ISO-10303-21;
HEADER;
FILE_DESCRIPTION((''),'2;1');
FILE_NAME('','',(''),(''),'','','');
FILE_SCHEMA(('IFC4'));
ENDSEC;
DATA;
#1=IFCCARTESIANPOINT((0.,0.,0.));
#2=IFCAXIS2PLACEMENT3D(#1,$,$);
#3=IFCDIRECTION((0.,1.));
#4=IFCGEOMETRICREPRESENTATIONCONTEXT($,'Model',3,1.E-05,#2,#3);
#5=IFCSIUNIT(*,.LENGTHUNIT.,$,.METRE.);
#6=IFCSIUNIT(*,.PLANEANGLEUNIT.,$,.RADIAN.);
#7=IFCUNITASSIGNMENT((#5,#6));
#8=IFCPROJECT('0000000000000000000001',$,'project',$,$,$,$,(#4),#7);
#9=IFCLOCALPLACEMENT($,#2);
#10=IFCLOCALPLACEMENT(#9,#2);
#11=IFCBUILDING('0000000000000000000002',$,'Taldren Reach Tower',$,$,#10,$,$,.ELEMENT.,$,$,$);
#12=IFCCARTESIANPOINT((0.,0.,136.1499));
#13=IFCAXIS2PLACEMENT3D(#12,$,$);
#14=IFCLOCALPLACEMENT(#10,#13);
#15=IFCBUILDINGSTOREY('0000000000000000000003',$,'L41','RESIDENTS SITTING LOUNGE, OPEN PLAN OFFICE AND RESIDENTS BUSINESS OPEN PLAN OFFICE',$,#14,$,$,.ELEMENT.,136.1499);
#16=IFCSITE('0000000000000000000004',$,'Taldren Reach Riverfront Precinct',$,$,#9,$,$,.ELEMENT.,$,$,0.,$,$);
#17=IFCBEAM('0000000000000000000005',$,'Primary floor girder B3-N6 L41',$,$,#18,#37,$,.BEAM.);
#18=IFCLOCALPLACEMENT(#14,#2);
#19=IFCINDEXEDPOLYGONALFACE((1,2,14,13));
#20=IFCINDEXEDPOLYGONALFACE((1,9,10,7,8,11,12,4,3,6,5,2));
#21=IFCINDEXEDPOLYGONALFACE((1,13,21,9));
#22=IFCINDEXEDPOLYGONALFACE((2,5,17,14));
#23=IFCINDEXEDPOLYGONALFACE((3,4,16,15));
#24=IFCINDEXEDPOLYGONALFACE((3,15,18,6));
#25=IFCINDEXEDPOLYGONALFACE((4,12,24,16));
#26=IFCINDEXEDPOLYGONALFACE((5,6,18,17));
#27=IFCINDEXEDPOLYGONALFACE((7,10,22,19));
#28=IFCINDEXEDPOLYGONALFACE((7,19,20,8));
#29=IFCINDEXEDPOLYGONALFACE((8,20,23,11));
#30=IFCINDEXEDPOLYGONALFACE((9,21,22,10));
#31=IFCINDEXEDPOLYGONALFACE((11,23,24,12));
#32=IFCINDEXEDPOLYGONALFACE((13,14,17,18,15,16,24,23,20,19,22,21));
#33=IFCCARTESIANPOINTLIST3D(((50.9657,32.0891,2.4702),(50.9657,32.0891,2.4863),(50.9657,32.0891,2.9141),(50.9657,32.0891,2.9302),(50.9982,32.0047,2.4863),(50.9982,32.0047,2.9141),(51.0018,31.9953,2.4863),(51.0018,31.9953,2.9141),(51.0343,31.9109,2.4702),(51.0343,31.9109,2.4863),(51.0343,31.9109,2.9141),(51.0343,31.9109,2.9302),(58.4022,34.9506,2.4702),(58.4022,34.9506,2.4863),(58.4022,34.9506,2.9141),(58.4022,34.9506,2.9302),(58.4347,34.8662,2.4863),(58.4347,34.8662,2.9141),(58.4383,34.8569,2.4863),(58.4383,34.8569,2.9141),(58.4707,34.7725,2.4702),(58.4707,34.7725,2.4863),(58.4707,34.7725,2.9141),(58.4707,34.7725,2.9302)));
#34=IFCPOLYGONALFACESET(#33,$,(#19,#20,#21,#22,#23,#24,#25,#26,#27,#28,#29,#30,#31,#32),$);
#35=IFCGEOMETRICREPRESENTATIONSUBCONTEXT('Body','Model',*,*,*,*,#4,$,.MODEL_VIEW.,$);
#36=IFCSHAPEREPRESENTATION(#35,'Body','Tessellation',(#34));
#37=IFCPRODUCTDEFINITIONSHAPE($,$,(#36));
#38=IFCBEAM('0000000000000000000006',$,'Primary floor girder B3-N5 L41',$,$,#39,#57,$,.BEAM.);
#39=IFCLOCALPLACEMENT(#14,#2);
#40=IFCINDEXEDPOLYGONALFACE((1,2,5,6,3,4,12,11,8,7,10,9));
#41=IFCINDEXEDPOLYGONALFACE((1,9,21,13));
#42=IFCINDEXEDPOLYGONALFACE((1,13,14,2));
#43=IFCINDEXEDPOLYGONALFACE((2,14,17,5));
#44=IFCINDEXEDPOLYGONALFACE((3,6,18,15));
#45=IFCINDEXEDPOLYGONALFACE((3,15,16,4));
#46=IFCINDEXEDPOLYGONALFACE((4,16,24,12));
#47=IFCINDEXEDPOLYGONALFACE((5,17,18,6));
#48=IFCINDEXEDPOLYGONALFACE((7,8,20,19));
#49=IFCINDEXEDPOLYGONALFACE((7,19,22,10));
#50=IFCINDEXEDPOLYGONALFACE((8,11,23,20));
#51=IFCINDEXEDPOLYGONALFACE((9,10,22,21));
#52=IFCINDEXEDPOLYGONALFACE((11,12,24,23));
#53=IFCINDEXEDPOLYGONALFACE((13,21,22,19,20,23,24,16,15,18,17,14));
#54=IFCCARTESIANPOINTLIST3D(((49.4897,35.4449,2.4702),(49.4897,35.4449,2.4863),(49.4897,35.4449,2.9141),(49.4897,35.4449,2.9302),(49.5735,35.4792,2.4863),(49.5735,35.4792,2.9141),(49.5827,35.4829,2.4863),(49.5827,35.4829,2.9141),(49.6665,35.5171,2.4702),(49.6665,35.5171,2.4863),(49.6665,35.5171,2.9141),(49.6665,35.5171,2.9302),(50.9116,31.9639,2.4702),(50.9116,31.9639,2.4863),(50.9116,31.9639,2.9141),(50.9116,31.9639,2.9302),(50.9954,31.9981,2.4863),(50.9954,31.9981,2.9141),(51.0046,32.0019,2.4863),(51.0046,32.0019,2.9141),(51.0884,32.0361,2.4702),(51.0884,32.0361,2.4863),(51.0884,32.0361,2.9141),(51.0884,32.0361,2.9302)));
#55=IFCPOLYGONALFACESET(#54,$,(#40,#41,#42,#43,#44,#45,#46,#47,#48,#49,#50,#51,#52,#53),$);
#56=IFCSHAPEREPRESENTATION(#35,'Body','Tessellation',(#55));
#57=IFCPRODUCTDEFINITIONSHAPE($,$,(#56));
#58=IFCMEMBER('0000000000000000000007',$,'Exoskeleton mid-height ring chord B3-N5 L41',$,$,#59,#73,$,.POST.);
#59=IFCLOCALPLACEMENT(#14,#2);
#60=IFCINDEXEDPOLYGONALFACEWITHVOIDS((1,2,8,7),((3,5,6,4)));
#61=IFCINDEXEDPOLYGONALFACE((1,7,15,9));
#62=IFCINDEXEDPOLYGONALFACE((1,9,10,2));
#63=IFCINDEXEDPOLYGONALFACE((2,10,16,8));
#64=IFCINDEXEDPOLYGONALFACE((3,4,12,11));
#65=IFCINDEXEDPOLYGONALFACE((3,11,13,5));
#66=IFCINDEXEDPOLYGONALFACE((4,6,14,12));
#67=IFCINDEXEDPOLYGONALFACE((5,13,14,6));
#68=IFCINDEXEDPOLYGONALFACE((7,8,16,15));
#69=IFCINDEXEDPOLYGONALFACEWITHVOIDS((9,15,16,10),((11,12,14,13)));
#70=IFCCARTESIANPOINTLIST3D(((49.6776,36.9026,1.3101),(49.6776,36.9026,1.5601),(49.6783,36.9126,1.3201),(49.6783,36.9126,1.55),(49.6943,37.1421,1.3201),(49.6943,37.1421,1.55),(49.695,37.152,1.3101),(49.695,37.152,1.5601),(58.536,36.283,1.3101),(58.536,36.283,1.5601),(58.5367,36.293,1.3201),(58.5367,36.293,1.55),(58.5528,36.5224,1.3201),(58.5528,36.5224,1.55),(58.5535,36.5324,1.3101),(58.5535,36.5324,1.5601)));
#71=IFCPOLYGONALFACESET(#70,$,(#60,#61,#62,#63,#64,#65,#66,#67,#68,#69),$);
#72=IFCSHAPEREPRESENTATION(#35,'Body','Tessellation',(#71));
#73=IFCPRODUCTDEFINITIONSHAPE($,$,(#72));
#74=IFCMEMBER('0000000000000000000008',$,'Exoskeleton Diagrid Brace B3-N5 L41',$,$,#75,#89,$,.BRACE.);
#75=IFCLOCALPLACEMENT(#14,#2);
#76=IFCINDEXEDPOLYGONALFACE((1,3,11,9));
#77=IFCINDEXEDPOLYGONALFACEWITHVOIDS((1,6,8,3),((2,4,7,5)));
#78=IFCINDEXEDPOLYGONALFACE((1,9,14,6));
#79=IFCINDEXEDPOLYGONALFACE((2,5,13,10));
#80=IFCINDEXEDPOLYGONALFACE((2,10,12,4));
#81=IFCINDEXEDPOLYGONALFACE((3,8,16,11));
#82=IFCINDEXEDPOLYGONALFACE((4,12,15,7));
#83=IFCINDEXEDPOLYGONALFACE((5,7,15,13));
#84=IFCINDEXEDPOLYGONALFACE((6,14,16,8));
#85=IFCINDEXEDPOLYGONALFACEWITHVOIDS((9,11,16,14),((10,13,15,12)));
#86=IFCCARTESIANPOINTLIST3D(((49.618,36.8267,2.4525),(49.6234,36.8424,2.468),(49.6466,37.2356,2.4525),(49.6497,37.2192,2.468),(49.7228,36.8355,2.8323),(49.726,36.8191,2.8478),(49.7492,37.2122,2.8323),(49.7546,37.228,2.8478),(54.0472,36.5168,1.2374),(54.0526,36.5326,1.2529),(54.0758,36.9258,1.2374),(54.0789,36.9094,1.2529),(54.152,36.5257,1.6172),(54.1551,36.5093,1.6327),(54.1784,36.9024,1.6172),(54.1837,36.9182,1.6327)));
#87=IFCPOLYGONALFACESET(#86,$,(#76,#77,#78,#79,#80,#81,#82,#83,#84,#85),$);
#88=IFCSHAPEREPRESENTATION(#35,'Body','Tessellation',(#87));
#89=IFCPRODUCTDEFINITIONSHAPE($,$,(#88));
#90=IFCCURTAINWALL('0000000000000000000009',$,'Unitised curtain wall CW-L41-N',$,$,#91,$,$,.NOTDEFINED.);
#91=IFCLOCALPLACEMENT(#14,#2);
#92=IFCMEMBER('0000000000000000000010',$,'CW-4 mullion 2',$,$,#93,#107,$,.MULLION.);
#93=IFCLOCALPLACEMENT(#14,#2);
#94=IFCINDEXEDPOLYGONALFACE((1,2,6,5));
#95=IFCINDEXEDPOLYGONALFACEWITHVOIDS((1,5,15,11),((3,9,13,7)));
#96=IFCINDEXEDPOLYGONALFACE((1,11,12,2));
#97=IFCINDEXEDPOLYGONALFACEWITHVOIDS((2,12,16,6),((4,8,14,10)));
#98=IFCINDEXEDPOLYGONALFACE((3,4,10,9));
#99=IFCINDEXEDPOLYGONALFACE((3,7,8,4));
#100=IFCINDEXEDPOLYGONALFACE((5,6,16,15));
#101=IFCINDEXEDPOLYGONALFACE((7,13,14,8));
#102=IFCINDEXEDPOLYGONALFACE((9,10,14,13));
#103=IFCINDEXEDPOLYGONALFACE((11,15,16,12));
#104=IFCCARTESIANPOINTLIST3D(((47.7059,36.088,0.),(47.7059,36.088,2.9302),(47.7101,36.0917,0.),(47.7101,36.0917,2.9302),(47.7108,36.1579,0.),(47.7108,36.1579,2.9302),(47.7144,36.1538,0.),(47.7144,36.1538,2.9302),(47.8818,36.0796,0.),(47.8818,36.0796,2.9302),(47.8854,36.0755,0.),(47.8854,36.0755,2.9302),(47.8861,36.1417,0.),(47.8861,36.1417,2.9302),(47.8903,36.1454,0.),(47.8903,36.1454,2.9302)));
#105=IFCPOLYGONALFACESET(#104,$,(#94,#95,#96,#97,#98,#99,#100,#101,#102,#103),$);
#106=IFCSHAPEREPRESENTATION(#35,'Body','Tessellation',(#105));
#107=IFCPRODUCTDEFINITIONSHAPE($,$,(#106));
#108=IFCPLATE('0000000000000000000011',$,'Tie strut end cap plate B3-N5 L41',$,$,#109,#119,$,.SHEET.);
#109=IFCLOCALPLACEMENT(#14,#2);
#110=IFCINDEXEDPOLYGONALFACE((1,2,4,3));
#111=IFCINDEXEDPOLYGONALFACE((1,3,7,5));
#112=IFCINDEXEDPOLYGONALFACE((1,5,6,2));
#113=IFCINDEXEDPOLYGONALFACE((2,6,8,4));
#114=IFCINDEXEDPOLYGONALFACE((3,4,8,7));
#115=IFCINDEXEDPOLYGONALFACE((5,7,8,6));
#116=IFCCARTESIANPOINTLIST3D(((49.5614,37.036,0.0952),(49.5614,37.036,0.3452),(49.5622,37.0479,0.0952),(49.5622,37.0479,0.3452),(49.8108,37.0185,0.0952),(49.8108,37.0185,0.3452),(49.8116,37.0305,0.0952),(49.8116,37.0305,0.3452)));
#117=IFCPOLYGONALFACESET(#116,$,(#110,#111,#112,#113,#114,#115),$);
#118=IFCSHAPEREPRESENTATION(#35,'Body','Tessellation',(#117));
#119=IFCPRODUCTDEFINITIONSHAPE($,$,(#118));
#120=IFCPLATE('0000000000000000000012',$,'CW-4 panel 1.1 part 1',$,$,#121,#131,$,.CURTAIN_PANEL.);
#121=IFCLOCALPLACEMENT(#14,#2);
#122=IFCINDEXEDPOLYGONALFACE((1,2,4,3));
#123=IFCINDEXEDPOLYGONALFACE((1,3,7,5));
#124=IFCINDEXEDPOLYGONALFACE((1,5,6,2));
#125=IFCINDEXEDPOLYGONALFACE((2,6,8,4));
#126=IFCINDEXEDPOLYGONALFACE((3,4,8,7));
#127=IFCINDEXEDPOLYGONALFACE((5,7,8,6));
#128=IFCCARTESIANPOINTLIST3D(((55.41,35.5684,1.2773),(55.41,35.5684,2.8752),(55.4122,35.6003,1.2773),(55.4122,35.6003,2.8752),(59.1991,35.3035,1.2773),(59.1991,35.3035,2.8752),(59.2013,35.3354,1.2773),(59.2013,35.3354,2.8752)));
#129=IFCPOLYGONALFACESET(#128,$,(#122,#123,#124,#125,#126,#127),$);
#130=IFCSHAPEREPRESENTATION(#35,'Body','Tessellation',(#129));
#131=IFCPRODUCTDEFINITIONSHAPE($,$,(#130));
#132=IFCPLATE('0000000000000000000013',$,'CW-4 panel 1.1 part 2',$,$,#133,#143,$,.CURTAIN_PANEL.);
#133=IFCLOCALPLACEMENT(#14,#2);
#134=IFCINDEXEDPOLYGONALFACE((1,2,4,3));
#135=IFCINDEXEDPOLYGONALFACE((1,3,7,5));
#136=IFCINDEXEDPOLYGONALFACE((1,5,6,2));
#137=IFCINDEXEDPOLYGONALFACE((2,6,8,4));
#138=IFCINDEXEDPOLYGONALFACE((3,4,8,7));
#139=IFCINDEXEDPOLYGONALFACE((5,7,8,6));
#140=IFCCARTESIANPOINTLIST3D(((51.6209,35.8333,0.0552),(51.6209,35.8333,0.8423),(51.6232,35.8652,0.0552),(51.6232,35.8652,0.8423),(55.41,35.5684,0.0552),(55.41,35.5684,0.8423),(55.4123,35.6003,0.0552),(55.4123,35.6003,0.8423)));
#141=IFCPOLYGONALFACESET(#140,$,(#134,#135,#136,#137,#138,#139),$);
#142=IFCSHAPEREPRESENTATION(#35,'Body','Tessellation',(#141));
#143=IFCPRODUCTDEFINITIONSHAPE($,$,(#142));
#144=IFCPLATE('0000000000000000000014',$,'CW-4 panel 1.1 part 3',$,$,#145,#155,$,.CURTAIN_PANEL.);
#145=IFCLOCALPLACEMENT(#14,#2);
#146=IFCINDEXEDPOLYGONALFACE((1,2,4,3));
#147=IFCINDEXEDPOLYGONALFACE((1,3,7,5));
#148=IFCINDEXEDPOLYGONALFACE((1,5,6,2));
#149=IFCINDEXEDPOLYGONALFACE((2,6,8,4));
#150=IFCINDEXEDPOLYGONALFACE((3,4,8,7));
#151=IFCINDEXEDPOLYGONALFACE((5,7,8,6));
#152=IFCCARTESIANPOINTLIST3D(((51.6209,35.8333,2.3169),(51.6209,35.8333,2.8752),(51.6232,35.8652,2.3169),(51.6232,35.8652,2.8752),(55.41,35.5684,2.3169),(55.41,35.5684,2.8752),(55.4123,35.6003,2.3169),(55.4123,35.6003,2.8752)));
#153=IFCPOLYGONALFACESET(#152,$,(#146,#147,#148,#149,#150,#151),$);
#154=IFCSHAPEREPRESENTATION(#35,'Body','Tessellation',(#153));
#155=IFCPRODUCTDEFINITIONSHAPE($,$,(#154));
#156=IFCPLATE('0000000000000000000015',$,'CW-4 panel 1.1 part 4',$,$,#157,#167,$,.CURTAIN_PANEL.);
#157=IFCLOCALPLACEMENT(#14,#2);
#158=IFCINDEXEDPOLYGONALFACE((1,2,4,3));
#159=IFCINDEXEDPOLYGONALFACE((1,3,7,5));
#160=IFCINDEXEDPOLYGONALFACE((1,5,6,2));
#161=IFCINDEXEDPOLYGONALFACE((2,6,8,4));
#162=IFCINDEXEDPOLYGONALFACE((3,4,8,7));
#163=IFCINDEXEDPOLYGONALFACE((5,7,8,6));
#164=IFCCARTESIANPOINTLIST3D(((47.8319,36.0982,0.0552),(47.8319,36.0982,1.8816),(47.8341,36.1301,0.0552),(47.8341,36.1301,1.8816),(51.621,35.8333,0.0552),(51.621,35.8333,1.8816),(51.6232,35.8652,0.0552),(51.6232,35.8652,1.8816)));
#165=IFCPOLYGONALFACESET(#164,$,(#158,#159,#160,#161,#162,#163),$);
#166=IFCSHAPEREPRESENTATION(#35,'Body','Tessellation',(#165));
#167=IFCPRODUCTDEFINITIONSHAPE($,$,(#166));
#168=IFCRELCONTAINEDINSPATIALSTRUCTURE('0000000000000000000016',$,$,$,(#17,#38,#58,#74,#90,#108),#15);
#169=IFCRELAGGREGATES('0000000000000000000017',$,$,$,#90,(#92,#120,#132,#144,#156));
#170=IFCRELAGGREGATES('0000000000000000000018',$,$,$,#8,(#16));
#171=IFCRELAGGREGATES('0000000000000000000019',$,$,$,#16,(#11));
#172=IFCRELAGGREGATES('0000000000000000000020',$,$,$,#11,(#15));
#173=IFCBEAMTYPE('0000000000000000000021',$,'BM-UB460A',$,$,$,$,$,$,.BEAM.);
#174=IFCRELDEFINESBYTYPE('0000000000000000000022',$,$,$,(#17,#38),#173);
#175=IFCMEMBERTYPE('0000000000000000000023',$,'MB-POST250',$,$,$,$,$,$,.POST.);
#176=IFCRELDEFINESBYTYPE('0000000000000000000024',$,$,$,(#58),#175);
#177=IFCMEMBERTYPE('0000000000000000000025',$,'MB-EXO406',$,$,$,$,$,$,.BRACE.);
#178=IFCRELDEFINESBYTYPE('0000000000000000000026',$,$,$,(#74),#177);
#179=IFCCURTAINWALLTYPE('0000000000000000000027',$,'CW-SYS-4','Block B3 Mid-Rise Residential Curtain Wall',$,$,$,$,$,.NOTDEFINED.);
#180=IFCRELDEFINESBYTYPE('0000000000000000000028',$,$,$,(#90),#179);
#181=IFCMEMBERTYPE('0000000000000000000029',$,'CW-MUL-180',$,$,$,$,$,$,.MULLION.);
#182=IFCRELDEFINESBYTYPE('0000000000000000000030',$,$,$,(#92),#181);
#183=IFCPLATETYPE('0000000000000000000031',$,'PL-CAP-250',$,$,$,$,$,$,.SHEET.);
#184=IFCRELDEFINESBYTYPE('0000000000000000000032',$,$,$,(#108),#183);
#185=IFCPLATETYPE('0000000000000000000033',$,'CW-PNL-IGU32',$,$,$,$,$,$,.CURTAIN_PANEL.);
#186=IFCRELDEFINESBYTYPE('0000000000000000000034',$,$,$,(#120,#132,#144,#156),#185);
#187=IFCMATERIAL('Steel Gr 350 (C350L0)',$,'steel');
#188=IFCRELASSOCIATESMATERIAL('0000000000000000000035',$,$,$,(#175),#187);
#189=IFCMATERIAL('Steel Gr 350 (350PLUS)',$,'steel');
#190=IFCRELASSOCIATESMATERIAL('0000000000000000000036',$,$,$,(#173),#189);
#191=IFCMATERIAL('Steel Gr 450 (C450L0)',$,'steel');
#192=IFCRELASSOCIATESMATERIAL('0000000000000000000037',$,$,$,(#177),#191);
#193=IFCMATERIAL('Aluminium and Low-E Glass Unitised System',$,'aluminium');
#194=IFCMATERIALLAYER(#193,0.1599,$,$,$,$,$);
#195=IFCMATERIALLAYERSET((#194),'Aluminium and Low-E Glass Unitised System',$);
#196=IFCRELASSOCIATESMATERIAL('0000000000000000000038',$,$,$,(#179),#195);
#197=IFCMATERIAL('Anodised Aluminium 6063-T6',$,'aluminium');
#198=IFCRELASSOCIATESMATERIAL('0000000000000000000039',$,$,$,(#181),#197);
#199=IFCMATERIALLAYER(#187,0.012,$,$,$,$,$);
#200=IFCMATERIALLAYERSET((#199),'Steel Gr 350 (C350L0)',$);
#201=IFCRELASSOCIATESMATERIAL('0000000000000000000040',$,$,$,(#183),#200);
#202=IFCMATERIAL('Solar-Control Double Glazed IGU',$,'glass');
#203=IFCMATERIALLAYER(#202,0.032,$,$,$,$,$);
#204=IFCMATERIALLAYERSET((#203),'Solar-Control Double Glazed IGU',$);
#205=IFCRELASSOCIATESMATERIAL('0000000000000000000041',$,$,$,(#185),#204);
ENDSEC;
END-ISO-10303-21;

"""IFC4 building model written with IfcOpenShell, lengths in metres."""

from ifc_helpers import new_model, si_unit, direction, frame, origin, origin_2d, place, context, subcontext, project, spatial, rectangle, hollow_rectangle, i_section, extrude, source, transform, mapped, material, layer, layer_set, material_profile, profile_set, type_object, element, aggregate, save


model = new_model("IFC4")

# Units and contexts
model_context = context("Model", 3, precision=1e-05, world=origin(), true_north=direction((0.0, 1.0)))
body_context = subcontext(model_context, "Body", "Model", "MODEL_VIEW")
ifc_project = project(units=[si_unit("LENGTHUNIT", "METRE"), si_unit("PLANEANGLEUNIT", "RADIAN")], contexts=[model_context])

# Site, building, storey
site_placement = place(None, origin())
site = spatial("IfcSite", under=ifc_project, at=site_placement, Name="Taldren Reach Riverfront Precinct", CompositionType="ELEMENT", RefElevation=0.0)
building_placement = place(site_placement, origin())
building = spatial("IfcBuilding", under=site, at=building_placement, Name="Taldren Reach Tower", CompositionType="ELEMENT")
storey_placement = place(building_placement, frame((0.0, 0.0, 136.1499)))
storey = spatial("IfcBuildingStorey", under=building, at=storey_placement, Name="L41", Description="RESIDENTS SITTING LOUNGE, OPEN PLAN OFFICE AND RESIDENTS BUSINESS OPEN PLAN OFFICE", CompositionType="ELEMENT", Elevation=136.1499)

# Shared definitions
ifc_material_1 = material(Name="Steel Gr 450 (C450L0)", Category="steel")
ifc_material_2 = material(Name="Steel Gr 350 (350PLUS)", Category="steel")

# Shared definitions
ifc_material_3 = material(Name="Steel Gr 350 (C350L0)", Category="steel")
ifc_material_profile_1 = material_profile(ifc_material_3, hollow_rectangle(XDim=0.25, YDim=0.25, WallThickness=0.01, at=origin_2d()), Name="250x250x10.0SHS")
ifc_profile_set_1 = profile_set([ifc_material_profile_1], Name="Steel Gr 350 (C350L0)")
member_type_1 = type_object("IfcMemberType", Name="MB-POST250", PredefinedType="POST", material=ifc_profile_set_1)

# Beams
ifc_material_profile_2 = material_profile(ifc_material_2, i_section(OverallWidth=0.1909, OverallDepth=0.46, WebThickness=0.01, FlangeThickness=0.0161, at=origin_2d()), Name="460UB82.1")
ifc_profile_set_2 = profile_set([ifc_material_profile_2], Name="Steel Gr 350 (350PLUS)")
beam_type_1 = type_object("IfcBeamType", Name="BM-UB460A", PredefinedType="BEAM", material=ifc_profile_set_2)
shared_shape_1 = source(origin(), body_context, "Body", "SweptSolid", [
    extrude(i_section(OverallWidth=0.1909, OverallDepth=0.46, WebThickness=0.01, FlangeThickness=0.0161, at=origin_2d()), origin(), (0.0, 0.0, 1.0), 7.968),
])
beam_1_placement = place(storey_placement, frame((51.0, 32.0, 2.7002), z_axis=(0.933288, 0.359129, 0.0), x_axis=(-0.359129, 0.933288, 0.0)))
element("IfcBeam", 1, at=beam_1_placement, inside=storey, type_object=beam_type_1, Name="Primary floor girder B3-N6 L41", PredefinedType="BEAM", context=body_context, shape_type="MappedRepresentation", body=[
    mapped(shared_shape_1, transform((0.0, 0.0, 0.0), scale=1.0)),
])
shared_shape_2 = source(origin(), body_context, "Body", "SweptSolid", [
    extrude(i_section(OverallWidth=0.1909, OverallDepth=0.46, WebThickness=0.01, FlangeThickness=0.0161, at=origin_2d()), origin(), (0.0, 0.0, 1.0), 3.7603),
])
beam_2_placement = place(storey_placement, frame((51.0, 32.0, 2.7002), z_axis=(-0.378142, 0.925747, 0.0), x_axis=(-0.925747, -0.378142, 0.0)))
element("IfcBeam", 2, at=beam_2_placement, inside=storey, type_object=beam_type_1, Name="Primary floor girder B3-N5 L41", PredefinedType="BEAM", context=body_context, shape_type="MappedRepresentation", body=[
    mapped(shared_shape_2, transform((0.0, 0.0, 0.0), scale=1.0)),
])

# Members
shared_shape_3 = source(origin(), body_context, "Body", "SweptSolid", [
    extrude(hollow_rectangle(XDim=0.25, YDim=0.25, WallThickness=0.01, at=origin_2d()), origin(), (0.0, 0.0, 1.0), 8.8801),
])
member_1_placement = place(storey_placement, frame((49.6863, 37.0273, 1.4351), z_axis=(0.997563, -0.069778, 0.0), x_axis=(0.069778, 0.997563, 0.0)))
element("IfcMember", 3, at=member_1_placement, inside=storey, type_object=member_type_1, Name="Exoskeleton mid-height ring chord B3-N5 L41", PredefinedType="POST", context=body_context, shape_type="MappedRepresentation", body=[
    mapped(shared_shape_3, transform((0.0, 0.0, 0.0), scale=1.0)),
])
ifc_material_profile_3 = material_profile(ifc_material_1, hollow_rectangle(XDim=0.4099, YDim=0.4099, WallThickness=0.0161, at=origin_2d()), Name="410x410x16.0SHS")
ifc_profile_set_3 = profile_set([ifc_material_profile_3], Name="Steel Gr 450 (C450L0)")
member_type_2 = type_object("IfcMemberType", Name="MB-EXO406", PredefinedType="BRACE", material=ifc_profile_set_3)
shared_shape_4 = source(origin(), body_context, "Body", "SweptSolid", [
    extrude(hollow_rectangle(XDim=0.4099, YDim=0.4099, WallThickness=0.0161, at=origin_2d()), origin(), (0.0, 0.0, 1.0), 4.6033),
])
member_2_placement = place(storey_placement, frame((54.1155, 36.7175, 1.4351), z_axis=(-0.962182, 0.067303, 0.263961), x_axis=(-0.069778, -0.997563, 0.0)))
element("IfcMember", 4, at=member_2_placement, inside=storey, type_object=member_type_2, Name="Exoskeleton Diagrid Brace B3-N5 L41", PredefinedType="BRACE", context=body_context, shape_type="MappedRepresentation", body=[
    mapped(shared_shape_4, transform((0.0, 0.0, 0.0), scale=1.0)),
])

# Curtain wall, member
ifc_material_4 = material(Name="Aluminium and Low-E Glass Unitised System", Category="aluminium")
ifc_layer_1 = layer(ifc_material_4, 0.1599)
ifc_layer_set_1 = layer_set([ifc_layer_1], Name="Aluminium and Low-E Glass Unitised System")
curtain_wall_type = type_object("IfcCurtainWallType", Name="CW-SYS-4", Description="Block B3 Mid-Rise Residential Curtain Wall", PredefinedType="NOTDEFINED", material=ifc_layer_set_1)
curtain_wall_placement = place(storey_placement, origin())
curtain_wall = element("IfcCurtainWall", 5, at=curtain_wall_placement, inside=storey, type_object=curtain_wall_type, Name="Unitised curtain wall CW-L41-N", PredefinedType="NOTDEFINED")
ifc_material_5 = material(Name="Anodised Aluminium 6063-T6", Category="aluminium")
ifc_material_profile_4 = material_profile(ifc_material_5, hollow_rectangle(XDim=0.0701, YDim=0.1799, WallThickness=0.0039, at=origin_2d()), Name="ALU-180x70x4RHS")
ifc_profile_set_4 = profile_set([ifc_material_profile_4], Name="Anodised Aluminium 6063-T6")
member_type_3 = type_object("IfcMemberType", Name="CW-MUL-180", PredefinedType="MULLION", material=ifc_profile_set_4)
shared_shape_5 = source(origin(), body_context, "Body", "SweptSolid", [
    extrude(hollow_rectangle(XDim=0.0701, YDim=0.1799, WallThickness=0.0039, at=origin_2d()), origin(), (0.0, 0.0, 1.0), 2.9302),
])
member_3_placement = place(storey_placement, frame((47.7981, 36.1167, 0.0), z_axis=(0.0, 0.0, 1.0), x_axis=(-0.069757, -0.997564, 0.0)))
member_3 = element("IfcMember", 6, at=member_3_placement, type_object=member_type_3, Name="CW-4 mullion 2", PredefinedType="MULLION", context=body_context, shape_type="MappedRepresentation", body=[
    mapped(shared_shape_5, transform((0.0, 0.0, 0.0), scale=1.0)),
])

# Plates
ifc_layer_2 = layer(ifc_material_3, 0.012)
ifc_layer_set_2 = layer_set([ifc_layer_2], Name="Steel Gr 350 (C350L0)")
plate_type_1 = type_object("IfcPlateType", Name="PL-CAP-250", PredefinedType="SHEET", material=ifc_layer_set_2)
shared_shape_6 = source(origin(), body_context, "Body", "SweptSolid", [
    extrude(rectangle(XDim=0.25, YDim=0.012, at=origin_2d()), origin(), (0.0, 0.0, 1.0), 0.25),
])
plate_1_placement = place(storey_placement, frame((49.6865, 37.0332, 0.0952), z_axis=(0.0, 0.0, 1.0), x_axis=(0.997564, -0.069756, 0.0)))
element("IfcPlate", 7, at=plate_1_placement, inside=storey, type_object=plate_type_1, Name="Tie strut end cap plate B3-N5 L41", PredefinedType="SHEET", context=body_context, shape_type="MappedRepresentation", body=[
    mapped(shared_shape_6, transform((0.0, 0.0, 0.0), scale=1.0)),
])
ifc_material_6 = material(Name="Solar-Control Double Glazed IGU", Category="glass")
ifc_layer_3 = layer(ifc_material_6, 0.032)
ifc_layer_set_3 = layer_set([ifc_layer_3], Name="Solar-Control Double Glazed IGU")
plate_type_2 = type_object("IfcPlateType", Name="CW-PNL-IGU32", PredefinedType="CURTAIN_PANEL", material=ifc_layer_set_3)
shared_shape_7 = source(origin(), body_context, "Body", "SweptSolid", [
    extrude(rectangle(XDim=3.7983, YDim=0.032, at=origin_2d()), origin(), (0.0, 0.0, 1.0), 1.5979),
])
plate_2_placement = place(storey_placement, frame((57.3057, 35.4519, 1.2773), z_axis=(0.0, 0.0, 1.0), x_axis=(-0.997564, 0.069757, 0.0)))
plate_2 = element("IfcPlate", 8, at=plate_2_placement, type_object=plate_type_2, Name="CW-4 panel 1.1 part 1", PredefinedType="CURTAIN_PANEL", context=body_context, shape_type="MappedRepresentation", body=[
    mapped(shared_shape_7, transform((0.0, 0.0, 0.0), scale=1.0)),
])
shared_shape_8 = source(origin(), body_context, "Body", "SweptSolid", [
    extrude(rectangle(XDim=3.7983, YDim=0.032, at=origin_2d()), origin(), (0.0, 0.0, 1.0), 0.7871),
])
plate_3_placement = place(storey_placement, frame((53.5166, 35.7168, 0.0552), z_axis=(0.0, 0.0, 1.0), x_axis=(-0.997564, 0.069757, 0.0)))
plate_3 = element("IfcPlate", 9, at=plate_3_placement, type_object=plate_type_2, Name="CW-4 panel 1.1 part 2", PredefinedType="CURTAIN_PANEL", context=body_context, shape_type="MappedRepresentation", body=[
    mapped(shared_shape_8, transform((0.0, 0.0, 0.0), scale=1.0)),
])
shared_shape_9 = source(origin(), body_context, "Body", "SweptSolid", [
    extrude(rectangle(XDim=3.7983, YDim=0.032, at=origin_2d()), origin(), (0.0, 0.0, 1.0), 0.5583),
])
plate_4_placement = place(storey_placement, frame((53.5166, 35.7168, 2.3169), z_axis=(0.0, 0.0, 1.0), x_axis=(-0.997564, 0.069757, 0.0)))
plate_4 = element("IfcPlate", 10, at=plate_4_placement, type_object=plate_type_2, Name="CW-4 panel 1.1 part 3", PredefinedType="CURTAIN_PANEL", context=body_context, shape_type="MappedRepresentation", body=[
    mapped(shared_shape_9, transform((0.0, 0.0, 0.0), scale=1.0)),
])
shared_shape_10 = source(origin(), body_context, "Body", "SweptSolid", [
    extrude(rectangle(XDim=3.7983, YDim=0.032, at=origin_2d()), origin(), (0.0, 0.0, 1.0), 1.8264),
])
plate_5_placement = place(storey_placement, frame((49.7275, 35.9817, 0.0552), z_axis=(0.0, 0.0, 1.0), x_axis=(-0.997564, 0.069757, 0.0)))
plate_5 = element("IfcPlate", 11, at=plate_5_placement, type_object=plate_type_2, Name="CW-4 panel 1.1 part 4", PredefinedType="CURTAIN_PANEL", context=body_context, shape_type="MappedRepresentation", body=[
    mapped(shared_shape_10, transform((0.0, 0.0, 0.0), scale=1.0)),
])
aggregate(curtain_wall, [member_3, plate_2, plate_3, plate_4, plate_5])

save(model, "model.ifc")
